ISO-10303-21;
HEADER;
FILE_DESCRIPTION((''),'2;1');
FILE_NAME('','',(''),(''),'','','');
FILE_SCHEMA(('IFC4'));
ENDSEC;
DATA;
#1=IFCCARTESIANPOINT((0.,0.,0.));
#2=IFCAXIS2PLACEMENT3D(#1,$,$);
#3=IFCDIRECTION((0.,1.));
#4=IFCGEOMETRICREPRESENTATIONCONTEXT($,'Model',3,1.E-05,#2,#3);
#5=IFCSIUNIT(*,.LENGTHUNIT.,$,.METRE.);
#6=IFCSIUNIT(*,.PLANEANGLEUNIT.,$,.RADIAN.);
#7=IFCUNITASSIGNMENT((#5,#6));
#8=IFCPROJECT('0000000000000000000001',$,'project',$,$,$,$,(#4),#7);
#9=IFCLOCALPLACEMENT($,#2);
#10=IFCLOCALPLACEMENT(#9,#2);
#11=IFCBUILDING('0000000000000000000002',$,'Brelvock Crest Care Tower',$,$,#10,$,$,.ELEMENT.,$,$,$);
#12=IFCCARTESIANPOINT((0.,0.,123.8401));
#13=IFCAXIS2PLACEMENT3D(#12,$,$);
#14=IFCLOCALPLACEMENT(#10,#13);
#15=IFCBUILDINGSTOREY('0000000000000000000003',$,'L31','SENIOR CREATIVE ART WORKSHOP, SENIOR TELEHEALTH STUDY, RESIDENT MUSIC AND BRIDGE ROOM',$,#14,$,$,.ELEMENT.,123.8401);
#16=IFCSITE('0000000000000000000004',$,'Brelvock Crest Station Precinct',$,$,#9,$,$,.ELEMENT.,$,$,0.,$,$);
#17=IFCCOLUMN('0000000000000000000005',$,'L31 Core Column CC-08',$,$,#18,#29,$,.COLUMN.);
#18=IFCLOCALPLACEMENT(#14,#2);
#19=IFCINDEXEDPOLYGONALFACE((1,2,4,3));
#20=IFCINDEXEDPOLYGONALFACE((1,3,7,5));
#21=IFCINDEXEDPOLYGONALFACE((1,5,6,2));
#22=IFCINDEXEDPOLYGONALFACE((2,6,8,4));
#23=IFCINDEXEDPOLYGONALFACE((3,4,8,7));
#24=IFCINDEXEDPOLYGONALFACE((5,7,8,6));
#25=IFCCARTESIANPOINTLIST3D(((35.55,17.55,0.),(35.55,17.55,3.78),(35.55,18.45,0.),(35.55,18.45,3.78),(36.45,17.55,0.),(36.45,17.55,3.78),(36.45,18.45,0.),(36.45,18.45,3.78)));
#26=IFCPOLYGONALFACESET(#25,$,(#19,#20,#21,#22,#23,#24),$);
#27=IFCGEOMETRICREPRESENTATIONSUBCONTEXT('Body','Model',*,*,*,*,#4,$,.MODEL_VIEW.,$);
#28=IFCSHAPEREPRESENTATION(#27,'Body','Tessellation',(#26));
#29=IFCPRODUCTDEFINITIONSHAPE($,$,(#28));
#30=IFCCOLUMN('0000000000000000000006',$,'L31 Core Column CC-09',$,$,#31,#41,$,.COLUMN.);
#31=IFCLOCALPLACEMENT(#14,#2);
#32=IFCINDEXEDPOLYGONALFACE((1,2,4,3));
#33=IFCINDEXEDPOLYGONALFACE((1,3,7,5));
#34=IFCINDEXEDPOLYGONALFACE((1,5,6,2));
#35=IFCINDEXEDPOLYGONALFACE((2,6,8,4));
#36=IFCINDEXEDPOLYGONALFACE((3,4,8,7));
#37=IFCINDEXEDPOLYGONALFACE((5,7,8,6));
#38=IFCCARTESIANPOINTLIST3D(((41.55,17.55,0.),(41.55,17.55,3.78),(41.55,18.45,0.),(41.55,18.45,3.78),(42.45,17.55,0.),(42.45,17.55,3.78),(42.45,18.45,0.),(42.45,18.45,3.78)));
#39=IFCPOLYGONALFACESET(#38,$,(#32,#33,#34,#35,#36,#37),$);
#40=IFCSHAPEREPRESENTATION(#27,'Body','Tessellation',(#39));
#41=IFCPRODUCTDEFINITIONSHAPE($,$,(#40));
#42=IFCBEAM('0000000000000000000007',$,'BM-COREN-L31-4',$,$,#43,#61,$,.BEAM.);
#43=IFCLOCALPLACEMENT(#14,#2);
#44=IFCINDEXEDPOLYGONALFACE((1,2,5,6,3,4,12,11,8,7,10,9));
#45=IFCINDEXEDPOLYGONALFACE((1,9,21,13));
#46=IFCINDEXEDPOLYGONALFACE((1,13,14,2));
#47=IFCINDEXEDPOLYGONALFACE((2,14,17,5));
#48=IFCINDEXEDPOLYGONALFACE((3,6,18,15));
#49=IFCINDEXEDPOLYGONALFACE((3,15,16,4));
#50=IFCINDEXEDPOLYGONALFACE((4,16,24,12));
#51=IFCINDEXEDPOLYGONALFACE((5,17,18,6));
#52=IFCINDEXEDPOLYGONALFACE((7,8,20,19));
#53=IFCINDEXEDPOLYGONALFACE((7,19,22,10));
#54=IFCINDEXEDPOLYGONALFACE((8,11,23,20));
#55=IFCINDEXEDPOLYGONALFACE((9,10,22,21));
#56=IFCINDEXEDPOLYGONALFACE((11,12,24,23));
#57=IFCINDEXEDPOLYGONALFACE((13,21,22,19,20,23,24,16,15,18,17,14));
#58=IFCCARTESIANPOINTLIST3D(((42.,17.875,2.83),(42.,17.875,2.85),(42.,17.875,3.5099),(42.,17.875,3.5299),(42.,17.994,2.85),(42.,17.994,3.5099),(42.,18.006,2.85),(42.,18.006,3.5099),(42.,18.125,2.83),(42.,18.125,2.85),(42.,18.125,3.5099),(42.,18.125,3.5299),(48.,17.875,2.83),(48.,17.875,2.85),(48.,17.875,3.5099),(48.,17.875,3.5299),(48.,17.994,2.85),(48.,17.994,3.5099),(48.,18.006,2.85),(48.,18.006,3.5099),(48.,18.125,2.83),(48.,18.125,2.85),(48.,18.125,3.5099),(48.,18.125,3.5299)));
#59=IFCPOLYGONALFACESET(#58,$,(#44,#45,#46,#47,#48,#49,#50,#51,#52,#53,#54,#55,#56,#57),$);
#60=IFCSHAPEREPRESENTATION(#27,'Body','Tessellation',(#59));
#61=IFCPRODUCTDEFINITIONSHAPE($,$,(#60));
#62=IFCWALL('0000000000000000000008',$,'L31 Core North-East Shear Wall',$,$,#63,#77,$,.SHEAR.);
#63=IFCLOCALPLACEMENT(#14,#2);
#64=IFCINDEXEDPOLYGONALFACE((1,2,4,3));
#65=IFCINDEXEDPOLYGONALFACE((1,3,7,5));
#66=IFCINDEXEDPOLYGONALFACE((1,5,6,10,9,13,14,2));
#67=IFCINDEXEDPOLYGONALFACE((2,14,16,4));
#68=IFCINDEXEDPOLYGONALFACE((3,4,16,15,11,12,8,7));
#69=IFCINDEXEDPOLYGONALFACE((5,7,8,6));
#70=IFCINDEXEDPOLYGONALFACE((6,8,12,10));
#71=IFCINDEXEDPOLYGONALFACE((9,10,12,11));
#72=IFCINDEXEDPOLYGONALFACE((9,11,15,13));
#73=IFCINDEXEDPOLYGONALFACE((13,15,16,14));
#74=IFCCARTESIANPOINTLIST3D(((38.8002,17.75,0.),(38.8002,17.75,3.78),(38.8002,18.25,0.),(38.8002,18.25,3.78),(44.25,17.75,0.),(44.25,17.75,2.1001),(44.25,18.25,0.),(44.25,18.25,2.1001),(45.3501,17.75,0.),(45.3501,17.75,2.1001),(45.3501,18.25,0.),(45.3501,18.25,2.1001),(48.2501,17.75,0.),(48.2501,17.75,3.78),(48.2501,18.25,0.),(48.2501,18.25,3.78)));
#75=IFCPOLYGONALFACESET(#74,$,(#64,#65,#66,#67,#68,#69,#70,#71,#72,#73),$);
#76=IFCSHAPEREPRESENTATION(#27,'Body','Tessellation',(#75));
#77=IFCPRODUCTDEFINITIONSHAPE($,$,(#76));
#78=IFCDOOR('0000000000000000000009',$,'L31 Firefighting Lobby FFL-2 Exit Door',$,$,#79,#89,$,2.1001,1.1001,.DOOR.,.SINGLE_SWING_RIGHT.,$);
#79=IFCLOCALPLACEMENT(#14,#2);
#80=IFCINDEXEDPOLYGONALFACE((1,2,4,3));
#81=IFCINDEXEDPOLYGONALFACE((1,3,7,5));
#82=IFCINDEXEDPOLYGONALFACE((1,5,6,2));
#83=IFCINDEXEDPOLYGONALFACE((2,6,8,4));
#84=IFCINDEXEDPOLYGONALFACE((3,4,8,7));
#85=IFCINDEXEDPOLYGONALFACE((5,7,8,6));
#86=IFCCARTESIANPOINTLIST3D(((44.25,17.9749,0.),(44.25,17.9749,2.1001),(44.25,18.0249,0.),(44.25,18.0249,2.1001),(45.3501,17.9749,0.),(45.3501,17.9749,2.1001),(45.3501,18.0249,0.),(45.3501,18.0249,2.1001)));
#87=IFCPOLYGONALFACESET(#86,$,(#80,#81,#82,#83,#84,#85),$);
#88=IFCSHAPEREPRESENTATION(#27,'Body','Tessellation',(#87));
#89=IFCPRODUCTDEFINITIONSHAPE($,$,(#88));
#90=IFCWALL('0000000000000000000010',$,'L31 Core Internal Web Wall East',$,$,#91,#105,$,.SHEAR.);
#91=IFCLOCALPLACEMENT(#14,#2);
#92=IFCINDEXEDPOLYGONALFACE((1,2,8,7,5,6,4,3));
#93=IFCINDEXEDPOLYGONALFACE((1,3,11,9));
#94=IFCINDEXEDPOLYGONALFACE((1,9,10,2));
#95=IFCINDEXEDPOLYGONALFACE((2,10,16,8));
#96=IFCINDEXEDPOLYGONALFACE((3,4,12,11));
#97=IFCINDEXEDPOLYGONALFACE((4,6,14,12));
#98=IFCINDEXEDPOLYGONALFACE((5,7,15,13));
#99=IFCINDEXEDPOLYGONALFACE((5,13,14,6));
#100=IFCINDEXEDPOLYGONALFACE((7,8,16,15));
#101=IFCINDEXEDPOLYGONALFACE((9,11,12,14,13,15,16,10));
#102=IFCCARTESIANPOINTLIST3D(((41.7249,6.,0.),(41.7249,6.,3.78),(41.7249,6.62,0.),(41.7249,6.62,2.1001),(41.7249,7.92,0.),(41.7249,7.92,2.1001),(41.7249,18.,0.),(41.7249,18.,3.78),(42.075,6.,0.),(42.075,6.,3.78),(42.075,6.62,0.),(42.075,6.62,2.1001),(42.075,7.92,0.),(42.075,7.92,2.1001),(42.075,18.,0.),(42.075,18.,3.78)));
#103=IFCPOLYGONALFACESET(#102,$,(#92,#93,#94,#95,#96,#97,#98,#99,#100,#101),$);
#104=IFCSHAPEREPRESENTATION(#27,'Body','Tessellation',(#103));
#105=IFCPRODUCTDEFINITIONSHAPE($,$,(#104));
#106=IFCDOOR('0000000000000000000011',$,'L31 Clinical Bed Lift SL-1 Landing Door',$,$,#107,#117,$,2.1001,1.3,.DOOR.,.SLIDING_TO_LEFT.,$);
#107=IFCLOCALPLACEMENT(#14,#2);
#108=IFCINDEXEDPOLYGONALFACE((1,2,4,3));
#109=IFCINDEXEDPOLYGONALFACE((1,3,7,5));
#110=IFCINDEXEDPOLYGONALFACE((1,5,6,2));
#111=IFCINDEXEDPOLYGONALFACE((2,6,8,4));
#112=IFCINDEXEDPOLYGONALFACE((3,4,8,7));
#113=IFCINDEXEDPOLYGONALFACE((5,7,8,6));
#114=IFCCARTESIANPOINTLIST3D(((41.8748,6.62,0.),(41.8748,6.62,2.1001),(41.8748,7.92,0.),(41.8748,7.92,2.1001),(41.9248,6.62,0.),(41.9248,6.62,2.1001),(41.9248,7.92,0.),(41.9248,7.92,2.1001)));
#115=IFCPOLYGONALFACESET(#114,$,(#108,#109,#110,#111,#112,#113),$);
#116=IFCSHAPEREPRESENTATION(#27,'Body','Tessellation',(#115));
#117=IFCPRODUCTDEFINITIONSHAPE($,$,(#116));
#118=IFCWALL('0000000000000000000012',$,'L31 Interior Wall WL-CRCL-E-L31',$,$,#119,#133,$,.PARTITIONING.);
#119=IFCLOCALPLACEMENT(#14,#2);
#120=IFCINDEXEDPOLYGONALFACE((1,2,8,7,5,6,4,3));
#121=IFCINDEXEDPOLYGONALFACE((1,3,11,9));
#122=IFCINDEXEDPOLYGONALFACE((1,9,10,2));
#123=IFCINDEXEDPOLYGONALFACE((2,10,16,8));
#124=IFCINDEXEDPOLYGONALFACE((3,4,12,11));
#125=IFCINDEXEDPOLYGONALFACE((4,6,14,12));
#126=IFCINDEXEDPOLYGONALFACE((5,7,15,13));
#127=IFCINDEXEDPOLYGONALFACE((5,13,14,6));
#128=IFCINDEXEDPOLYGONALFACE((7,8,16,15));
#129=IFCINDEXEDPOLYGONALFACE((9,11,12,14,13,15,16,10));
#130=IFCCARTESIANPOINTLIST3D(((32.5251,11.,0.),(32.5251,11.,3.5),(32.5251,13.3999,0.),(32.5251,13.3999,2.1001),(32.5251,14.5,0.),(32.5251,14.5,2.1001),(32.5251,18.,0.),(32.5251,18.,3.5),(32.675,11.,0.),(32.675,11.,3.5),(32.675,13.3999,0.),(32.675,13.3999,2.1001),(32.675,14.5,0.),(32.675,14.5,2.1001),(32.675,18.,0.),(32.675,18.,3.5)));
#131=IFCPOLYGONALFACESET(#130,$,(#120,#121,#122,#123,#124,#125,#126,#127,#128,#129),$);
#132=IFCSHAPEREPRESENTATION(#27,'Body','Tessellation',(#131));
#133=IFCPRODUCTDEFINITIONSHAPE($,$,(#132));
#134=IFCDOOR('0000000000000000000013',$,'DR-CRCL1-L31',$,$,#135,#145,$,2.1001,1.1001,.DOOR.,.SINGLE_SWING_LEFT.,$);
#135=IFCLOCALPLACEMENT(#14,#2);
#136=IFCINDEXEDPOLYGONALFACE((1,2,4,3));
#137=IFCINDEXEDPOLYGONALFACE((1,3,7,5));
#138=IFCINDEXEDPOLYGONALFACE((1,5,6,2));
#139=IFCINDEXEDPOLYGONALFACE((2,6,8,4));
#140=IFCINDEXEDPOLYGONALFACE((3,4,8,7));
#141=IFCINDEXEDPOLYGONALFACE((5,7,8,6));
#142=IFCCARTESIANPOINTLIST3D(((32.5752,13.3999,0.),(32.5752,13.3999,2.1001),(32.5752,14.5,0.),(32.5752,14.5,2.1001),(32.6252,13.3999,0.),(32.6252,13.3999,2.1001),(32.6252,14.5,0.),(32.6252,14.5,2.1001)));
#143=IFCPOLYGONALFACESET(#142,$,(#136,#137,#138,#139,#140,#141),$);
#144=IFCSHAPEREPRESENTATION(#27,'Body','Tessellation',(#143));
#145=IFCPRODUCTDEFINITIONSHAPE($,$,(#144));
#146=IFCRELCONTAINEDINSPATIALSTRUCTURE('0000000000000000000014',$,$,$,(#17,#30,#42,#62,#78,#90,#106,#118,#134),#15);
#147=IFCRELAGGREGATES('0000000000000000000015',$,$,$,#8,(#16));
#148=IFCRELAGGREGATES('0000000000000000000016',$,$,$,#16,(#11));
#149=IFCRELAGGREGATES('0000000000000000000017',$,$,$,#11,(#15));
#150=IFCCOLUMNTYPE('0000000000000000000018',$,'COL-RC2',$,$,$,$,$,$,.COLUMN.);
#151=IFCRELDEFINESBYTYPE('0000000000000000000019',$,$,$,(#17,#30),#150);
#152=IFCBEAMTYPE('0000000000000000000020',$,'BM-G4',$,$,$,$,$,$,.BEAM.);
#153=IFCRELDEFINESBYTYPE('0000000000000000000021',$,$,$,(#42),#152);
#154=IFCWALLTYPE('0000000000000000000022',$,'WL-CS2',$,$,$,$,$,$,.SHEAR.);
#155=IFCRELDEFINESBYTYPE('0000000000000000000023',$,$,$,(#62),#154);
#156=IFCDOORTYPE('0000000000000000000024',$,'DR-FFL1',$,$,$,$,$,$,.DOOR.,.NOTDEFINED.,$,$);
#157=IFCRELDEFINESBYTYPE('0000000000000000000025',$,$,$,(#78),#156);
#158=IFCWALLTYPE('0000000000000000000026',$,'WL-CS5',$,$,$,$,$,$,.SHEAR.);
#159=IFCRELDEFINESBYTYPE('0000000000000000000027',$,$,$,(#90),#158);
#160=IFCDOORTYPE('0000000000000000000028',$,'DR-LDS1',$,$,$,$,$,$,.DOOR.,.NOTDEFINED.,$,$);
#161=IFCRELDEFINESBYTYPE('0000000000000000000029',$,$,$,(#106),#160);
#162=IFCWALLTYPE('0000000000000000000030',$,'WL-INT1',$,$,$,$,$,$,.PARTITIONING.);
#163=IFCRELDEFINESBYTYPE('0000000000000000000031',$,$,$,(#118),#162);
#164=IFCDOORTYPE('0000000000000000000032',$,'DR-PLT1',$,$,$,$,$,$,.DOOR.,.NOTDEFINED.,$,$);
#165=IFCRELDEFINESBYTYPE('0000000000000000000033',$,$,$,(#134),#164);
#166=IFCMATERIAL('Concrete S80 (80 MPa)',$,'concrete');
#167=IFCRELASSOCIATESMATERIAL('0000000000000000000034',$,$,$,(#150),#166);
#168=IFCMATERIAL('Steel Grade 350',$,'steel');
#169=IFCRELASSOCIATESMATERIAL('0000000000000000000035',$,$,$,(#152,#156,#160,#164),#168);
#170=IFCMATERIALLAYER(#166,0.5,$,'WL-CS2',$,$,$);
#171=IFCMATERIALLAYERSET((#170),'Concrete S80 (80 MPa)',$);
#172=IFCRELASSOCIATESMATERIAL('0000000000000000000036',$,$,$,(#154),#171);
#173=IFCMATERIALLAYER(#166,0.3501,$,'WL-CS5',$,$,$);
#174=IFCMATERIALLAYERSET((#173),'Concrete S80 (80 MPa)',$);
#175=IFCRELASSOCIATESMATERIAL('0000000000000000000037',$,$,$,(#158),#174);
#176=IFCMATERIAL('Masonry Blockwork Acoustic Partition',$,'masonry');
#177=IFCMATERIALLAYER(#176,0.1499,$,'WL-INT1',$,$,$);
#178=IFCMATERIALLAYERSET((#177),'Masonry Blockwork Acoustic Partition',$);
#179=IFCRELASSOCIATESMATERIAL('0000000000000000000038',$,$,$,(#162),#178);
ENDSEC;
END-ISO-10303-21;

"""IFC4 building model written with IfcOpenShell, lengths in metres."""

from ifc_helpers import new_model, si_unit, direction, frame, frame_2d, origin, origin_2d, place, context, subcontext, project, spatial, rectangle, i_section, extrude, source, transform, mapped, material, layer, layer_set, material_profile, profile_set, type_object, element, fill, save


model = new_model("IFC4")

# Units and contexts
model_context = context("Model", 3, precision=1e-05, world=origin(), true_north=direction((0.0, 1.0)))
body_context = subcontext(model_context, "Body", "Model", "MODEL_VIEW")
ifc_project = project(units=[si_unit("LENGTHUNIT", "METRE"), si_unit("PLANEANGLEUNIT", "RADIAN")], contexts=[model_context])

# Site, building, storey
site_placement = place(None, origin())
site = spatial("IfcSite", under=ifc_project, at=site_placement, Name="Brelvock Crest Station Precinct", CompositionType="ELEMENT", RefElevation=0.0)
building_placement = place(site_placement, origin())
building = spatial("IfcBuilding", under=site, at=building_placement, Name="Brelvock Crest Care Tower", CompositionType="ELEMENT")
storey_placement = place(building_placement, frame((0.0, 0.0, 123.8401)))
storey = spatial("IfcBuildingStorey", under=building, at=storey_placement, Name="L31", Description="SENIOR CREATIVE ART WORKSHOP, SENIOR TELEHEALTH STUDY, RESIDENT MUSIC AND BRIDGE ROOM", CompositionType="ELEMENT", Elevation=123.8401)

# Columns
ifc_material_1 = material(Name="Concrete S80 (80 MPa)", Category="concrete")
ifc_material_profile_1 = material_profile(ifc_material_1, rectangle(XDim=0.8999, YDim=0.8999, at=origin_2d()), Name="RC900x900")
ifc_profile_set_1 = profile_set([ifc_material_profile_1], Name="Concrete S80 (80 MPa)")
column_type = type_object("IfcColumnType", Name="COL-RC2", PredefinedType="COLUMN", material=ifc_profile_set_1)
shared_shape_1 = source(origin(), body_context, "Body", "SweptSolid", [
    extrude(rectangle(XDim=0.8999, YDim=0.8999, at=origin_2d()), origin(), (0.0, 0.0, 1.0), 3.78),
])
for number, where, z_axis, x_axis, name in (
    (1, (36.0, 18.0, 0.0), (0.0, 0.0, 1.0), (1.0, 0.0, 0.0), "L31 Core Column CC-08"),
    (2, (42.0, 18.0, 0.0), (0.0, 0.0, 1.0), (1.0, 0.0, 0.0), "L31 Core Column CC-09"),
):
    element("IfcColumn", number, at=place(storey_placement, frame(where, z_axis=z_axis, x_axis=x_axis)), inside=storey, type_object=column_type, Name=name, PredefinedType="COLUMN", context=body_context, shape_type="MappedRepresentation", body=[
        mapped(shared_shape_1, transform((0.0, 0.0, 0.0), x_axis=(1.0, 0.0, 0.0), y_axis=(0.0, 1.0, 0.0), z_axis=(0.0, 0.0, 1.0), scale=1.0)),
    ])

# Beam
ifc_material_2 = material(Name="Steel Grade 350", Category="steel")
ifc_material_profile_2 = material_profile(ifc_material_2, i_section(OverallWidth=0.25, OverallDepth=0.7, WebThickness=0.012, FlangeThickness=0.02, at=origin_2d()), Name="700WB150")
ifc_profile_set_2 = profile_set([ifc_material_profile_2], Name="Steel Grade 350")
beam_type = type_object("IfcBeamType", Name="BM-G4", PredefinedType="BEAM", material=ifc_profile_set_2)
shared_shape_2 = source(origin(), body_context, "Body", "SweptSolid", [
    extrude(i_section(OverallWidth=0.25, OverallDepth=0.7, WebThickness=0.012, FlangeThickness=0.02, at=origin_2d()), origin(), (0.0, 0.0, 1.0), 6.0),
])
beam_placement = place(storey_placement, frame((42.0, 18.0, 3.1799), z_axis=(1.0, 0.0, 0.0), x_axis=(0.0, 1.0, 0.0)))
element("IfcBeam", 3, at=beam_placement, inside=storey, type_object=beam_type, Name="BM-COREN-L31-4", PredefinedType="BEAM", context=body_context, shape_type="MappedRepresentation", body=[
    mapped(shared_shape_2, transform((0.0, 0.0, 0.0), x_axis=(1.0, 0.0, 0.0), y_axis=(0.0, 1.0, 0.0), z_axis=(0.0, 0.0, 1.0), scale=1.0)),
])

# Walls, openings, doors
ifc_layer_1 = layer(ifc_material_1, 0.5, Name="WL-CS2")
ifc_layer_set_1 = layer_set([ifc_layer_1], Name="Concrete S80 (80 MPa)")
wall_type_1 = type_object("IfcWallType", Name="WL-CS2", PredefinedType="SHEAR", material=ifc_layer_set_1)
wall_1_placement = place(storey_placement, frame((38.8, 18.0, 0.0), z_axis=(0.0, 0.0, 1.0), x_axis=(1.0, 0.0, 0.0)))
wall_1 = element("IfcWall", 4, at=wall_1_placement, inside=storey, type_object=wall_type_1, Name="L31 Core North-East Shear Wall", PredefinedType="SHEAR", context=body_context, shape_type="SweptSolid", body=[
    extrude(rectangle(XDim=9.45, YDim=0.5, at=frame_2d((4.7251, 0.0))), origin(), (0.0, 0.0, 1.0), 3.78),
])
opening_1_placement = place(wall_1_placement, frame((5.45, 0.0, 0.0)))
opening_1 = element("IfcOpeningElement", 5, at=opening_1_placement, cuts=wall_1, PredefinedType="OPENING", context=body_context, shape_type="SweptSolid", body=[
    extrude(rectangle(XDim=1.1001, YDim=2.1001, at=origin_2d()), frame((0.55, 0.26, 1.05), z_axis=(0.0, -1.0, 0.0), x_axis=(1.0, 0.0, 0.0)), (0.0, 0.0, 1.0), 0.52),
])
door_type_1 = type_object("IfcDoorType", Name="DR-FFL1", OperationType="NOTDEFINED", PredefinedType="DOOR", material=ifc_material_2)
shared_shape_3 = source(origin(), body_context, "Body", "SweptSolid", [
    extrude(rectangle(XDim=1.1001, YDim=2.1001, at=origin_2d()), frame((0.55, 0.0249, 1.05), z_axis=(0.0, -1.0, 0.0), x_axis=(1.0, 0.0, 0.0)), (0.0, 0.0, 1.0), 0.05),
])
door_1_placement = place(opening_1_placement, origin())
door_1 = element("IfcDoor", 6, at=door_1_placement, inside=storey, type_object=door_type_1, Name="L31 Firefighting Lobby FFL-2 Exit Door", OperationType="SINGLE_SWING_RIGHT", OverallHeight=2.1001, OverallWidth=1.1001, PredefinedType="DOOR", context=body_context, shape_type="MappedRepresentation", body=[
    mapped(shared_shape_3, transform((0.0, 0.0, 0.0), x_axis=(1.0, 0.0, 0.0), y_axis=(0.0, 1.0, 0.0), z_axis=(0.0, 0.0, 1.0), scale=1.0)),
])
fill(opening_1, door_1)
ifc_layer_2 = layer(ifc_material_1, 0.3501, Name="WL-CS5")
ifc_layer_set_2 = layer_set([ifc_layer_2], Name="Concrete S80 (80 MPa)")
wall_type_2 = type_object("IfcWallType", Name="WL-CS5", PredefinedType="SHEAR", material=ifc_layer_set_2)
wall_2_placement = place(storey_placement, frame((41.8999, 18.0, 0.0), z_axis=(0.0, 0.0, 1.0), x_axis=(0.0, -1.0, 0.0)))
wall_2 = element("IfcWall", 7, at=wall_2_placement, inside=storey, type_object=wall_type_2, Name="L31 Core Internal Web Wall East", PredefinedType="SHEAR", context=body_context, shape_type="SweptSolid", body=[
    extrude(rectangle(XDim=12.0, YDim=0.3501, at=frame_2d((6.0, 0.0))), origin(), (0.0, 0.0, 1.0), 3.78),
])
opening_2_placement = place(wall_2_placement, frame((10.0801, 0.0, 0.0)))
opening_2 = element("IfcOpeningElement", 8, at=opening_2_placement, cuts=wall_2, PredefinedType="OPENING", context=body_context, shape_type="SweptSolid", body=[
    extrude(rectangle(XDim=1.3, YDim=2.1001, at=origin_2d()), frame((0.6499, 0.1851, 1.05), z_axis=(0.0, -1.0, 0.0), x_axis=(1.0, 0.0, 0.0)), (0.0, 0.0, 1.0), 0.3701),
])
door_type_2 = type_object("IfcDoorType", Name="DR-LDS1", OperationType="NOTDEFINED", PredefinedType="DOOR", material=ifc_material_2)
shared_shape_4 = source(origin(), body_context, "Body", "SweptSolid", [
    extrude(rectangle(XDim=1.3, YDim=2.1001, at=origin_2d()), frame((0.6499, 0.0249, 1.05), z_axis=(0.0, -1.0, 0.0), x_axis=(1.0, 0.0, 0.0)), (0.0, 0.0, 1.0), 0.05),
])
door_2_placement = place(opening_2_placement, origin())
door_2 = element("IfcDoor", 9, at=door_2_placement, inside=storey, type_object=door_type_2, Name="L31 Clinical Bed Lift SL-1 Landing Door", OperationType="SLIDING_TO_LEFT", OverallHeight=2.1001, OverallWidth=1.3, PredefinedType="DOOR", context=body_context, shape_type="MappedRepresentation", body=[
    mapped(shared_shape_4, transform((0.0, 0.0, 0.0), x_axis=(1.0, 0.0, 0.0), y_axis=(0.0, 1.0, 0.0), z_axis=(0.0, 0.0, 1.0), scale=1.0)),
])
fill(opening_2, door_2)
ifc_material_3 = material(Name="Masonry Blockwork Acoustic Partition", Category="masonry")
ifc_layer_3 = layer(ifc_material_3, 0.1499, Name="WL-INT1")
ifc_layer_set_3 = layer_set([ifc_layer_3], Name="Masonry Blockwork Acoustic Partition")
wall_type_3 = type_object("IfcWallType", Name="WL-INT1", PredefinedType="PARTITIONING", material=ifc_layer_set_3)
wall_3_placement = place(storey_placement, frame((32.6001, 11.0, 0.0), z_axis=(0.0, 0.0, 1.0), x_axis=(0.0, 1.0, 0.0)))
wall_3 = element("IfcWall", 10, at=wall_3_placement, inside=storey, type_object=wall_type_3, Name="L31 Interior Wall WL-CRCL-E-L31", PredefinedType="PARTITIONING", context=body_context, shape_type="SweptSolid", body=[
    extrude(rectangle(XDim=7.0, YDim=0.1499, at=frame_2d((3.5, 0.0))), origin(), (0.0, 0.0, 1.0), 3.5),
])
opening_3_placement = place(wall_3_placement, frame((2.3999, 0.0, 0.0)))
opening_3 = element("IfcOpeningElement", 11, at=opening_3_placement, cuts=wall_3, PredefinedType="OPENING", context=body_context, shape_type="SweptSolid", body=[
    extrude(rectangle(XDim=1.1001, YDim=2.1001, at=origin_2d()), frame((0.55, 0.085, 1.05), z_axis=(0.0, -1.0, 0.0), x_axis=(1.0, 0.0, 0.0)), (0.0, 0.0, 1.0), 0.1699),
])
door_type_3 = type_object("IfcDoorType", Name="DR-PLT1", OperationType="NOTDEFINED", PredefinedType="DOOR", material=ifc_material_2)
shared_shape_5 = source(origin(), body_context, "Body", "SweptSolid", [
    extrude(rectangle(XDim=1.1001, YDim=2.1001, at=origin_2d()), frame((0.55, 0.0249, 1.05), z_axis=(0.0, -1.0, 0.0), x_axis=(1.0, 0.0, 0.0)), (0.0, 0.0, 1.0), 0.05),
])
door_3_placement = place(opening_3_placement, origin())
door_3 = element("IfcDoor", 12, at=door_3_placement, inside=storey, type_object=door_type_3, Name="DR-CRCL1-L31", OperationType="SINGLE_SWING_LEFT", OverallHeight=2.1001, OverallWidth=1.1001, PredefinedType="DOOR", context=body_context, shape_type="MappedRepresentation", body=[
    mapped(shared_shape_5, transform((0.0, 0.0, 0.0), x_axis=(1.0, 0.0, 0.0), y_axis=(0.0, 1.0, 0.0), z_axis=(0.0, 0.0, 1.0), scale=1.0)),
])
fill(opening_3, door_3)

save(model, "model.ifc")
